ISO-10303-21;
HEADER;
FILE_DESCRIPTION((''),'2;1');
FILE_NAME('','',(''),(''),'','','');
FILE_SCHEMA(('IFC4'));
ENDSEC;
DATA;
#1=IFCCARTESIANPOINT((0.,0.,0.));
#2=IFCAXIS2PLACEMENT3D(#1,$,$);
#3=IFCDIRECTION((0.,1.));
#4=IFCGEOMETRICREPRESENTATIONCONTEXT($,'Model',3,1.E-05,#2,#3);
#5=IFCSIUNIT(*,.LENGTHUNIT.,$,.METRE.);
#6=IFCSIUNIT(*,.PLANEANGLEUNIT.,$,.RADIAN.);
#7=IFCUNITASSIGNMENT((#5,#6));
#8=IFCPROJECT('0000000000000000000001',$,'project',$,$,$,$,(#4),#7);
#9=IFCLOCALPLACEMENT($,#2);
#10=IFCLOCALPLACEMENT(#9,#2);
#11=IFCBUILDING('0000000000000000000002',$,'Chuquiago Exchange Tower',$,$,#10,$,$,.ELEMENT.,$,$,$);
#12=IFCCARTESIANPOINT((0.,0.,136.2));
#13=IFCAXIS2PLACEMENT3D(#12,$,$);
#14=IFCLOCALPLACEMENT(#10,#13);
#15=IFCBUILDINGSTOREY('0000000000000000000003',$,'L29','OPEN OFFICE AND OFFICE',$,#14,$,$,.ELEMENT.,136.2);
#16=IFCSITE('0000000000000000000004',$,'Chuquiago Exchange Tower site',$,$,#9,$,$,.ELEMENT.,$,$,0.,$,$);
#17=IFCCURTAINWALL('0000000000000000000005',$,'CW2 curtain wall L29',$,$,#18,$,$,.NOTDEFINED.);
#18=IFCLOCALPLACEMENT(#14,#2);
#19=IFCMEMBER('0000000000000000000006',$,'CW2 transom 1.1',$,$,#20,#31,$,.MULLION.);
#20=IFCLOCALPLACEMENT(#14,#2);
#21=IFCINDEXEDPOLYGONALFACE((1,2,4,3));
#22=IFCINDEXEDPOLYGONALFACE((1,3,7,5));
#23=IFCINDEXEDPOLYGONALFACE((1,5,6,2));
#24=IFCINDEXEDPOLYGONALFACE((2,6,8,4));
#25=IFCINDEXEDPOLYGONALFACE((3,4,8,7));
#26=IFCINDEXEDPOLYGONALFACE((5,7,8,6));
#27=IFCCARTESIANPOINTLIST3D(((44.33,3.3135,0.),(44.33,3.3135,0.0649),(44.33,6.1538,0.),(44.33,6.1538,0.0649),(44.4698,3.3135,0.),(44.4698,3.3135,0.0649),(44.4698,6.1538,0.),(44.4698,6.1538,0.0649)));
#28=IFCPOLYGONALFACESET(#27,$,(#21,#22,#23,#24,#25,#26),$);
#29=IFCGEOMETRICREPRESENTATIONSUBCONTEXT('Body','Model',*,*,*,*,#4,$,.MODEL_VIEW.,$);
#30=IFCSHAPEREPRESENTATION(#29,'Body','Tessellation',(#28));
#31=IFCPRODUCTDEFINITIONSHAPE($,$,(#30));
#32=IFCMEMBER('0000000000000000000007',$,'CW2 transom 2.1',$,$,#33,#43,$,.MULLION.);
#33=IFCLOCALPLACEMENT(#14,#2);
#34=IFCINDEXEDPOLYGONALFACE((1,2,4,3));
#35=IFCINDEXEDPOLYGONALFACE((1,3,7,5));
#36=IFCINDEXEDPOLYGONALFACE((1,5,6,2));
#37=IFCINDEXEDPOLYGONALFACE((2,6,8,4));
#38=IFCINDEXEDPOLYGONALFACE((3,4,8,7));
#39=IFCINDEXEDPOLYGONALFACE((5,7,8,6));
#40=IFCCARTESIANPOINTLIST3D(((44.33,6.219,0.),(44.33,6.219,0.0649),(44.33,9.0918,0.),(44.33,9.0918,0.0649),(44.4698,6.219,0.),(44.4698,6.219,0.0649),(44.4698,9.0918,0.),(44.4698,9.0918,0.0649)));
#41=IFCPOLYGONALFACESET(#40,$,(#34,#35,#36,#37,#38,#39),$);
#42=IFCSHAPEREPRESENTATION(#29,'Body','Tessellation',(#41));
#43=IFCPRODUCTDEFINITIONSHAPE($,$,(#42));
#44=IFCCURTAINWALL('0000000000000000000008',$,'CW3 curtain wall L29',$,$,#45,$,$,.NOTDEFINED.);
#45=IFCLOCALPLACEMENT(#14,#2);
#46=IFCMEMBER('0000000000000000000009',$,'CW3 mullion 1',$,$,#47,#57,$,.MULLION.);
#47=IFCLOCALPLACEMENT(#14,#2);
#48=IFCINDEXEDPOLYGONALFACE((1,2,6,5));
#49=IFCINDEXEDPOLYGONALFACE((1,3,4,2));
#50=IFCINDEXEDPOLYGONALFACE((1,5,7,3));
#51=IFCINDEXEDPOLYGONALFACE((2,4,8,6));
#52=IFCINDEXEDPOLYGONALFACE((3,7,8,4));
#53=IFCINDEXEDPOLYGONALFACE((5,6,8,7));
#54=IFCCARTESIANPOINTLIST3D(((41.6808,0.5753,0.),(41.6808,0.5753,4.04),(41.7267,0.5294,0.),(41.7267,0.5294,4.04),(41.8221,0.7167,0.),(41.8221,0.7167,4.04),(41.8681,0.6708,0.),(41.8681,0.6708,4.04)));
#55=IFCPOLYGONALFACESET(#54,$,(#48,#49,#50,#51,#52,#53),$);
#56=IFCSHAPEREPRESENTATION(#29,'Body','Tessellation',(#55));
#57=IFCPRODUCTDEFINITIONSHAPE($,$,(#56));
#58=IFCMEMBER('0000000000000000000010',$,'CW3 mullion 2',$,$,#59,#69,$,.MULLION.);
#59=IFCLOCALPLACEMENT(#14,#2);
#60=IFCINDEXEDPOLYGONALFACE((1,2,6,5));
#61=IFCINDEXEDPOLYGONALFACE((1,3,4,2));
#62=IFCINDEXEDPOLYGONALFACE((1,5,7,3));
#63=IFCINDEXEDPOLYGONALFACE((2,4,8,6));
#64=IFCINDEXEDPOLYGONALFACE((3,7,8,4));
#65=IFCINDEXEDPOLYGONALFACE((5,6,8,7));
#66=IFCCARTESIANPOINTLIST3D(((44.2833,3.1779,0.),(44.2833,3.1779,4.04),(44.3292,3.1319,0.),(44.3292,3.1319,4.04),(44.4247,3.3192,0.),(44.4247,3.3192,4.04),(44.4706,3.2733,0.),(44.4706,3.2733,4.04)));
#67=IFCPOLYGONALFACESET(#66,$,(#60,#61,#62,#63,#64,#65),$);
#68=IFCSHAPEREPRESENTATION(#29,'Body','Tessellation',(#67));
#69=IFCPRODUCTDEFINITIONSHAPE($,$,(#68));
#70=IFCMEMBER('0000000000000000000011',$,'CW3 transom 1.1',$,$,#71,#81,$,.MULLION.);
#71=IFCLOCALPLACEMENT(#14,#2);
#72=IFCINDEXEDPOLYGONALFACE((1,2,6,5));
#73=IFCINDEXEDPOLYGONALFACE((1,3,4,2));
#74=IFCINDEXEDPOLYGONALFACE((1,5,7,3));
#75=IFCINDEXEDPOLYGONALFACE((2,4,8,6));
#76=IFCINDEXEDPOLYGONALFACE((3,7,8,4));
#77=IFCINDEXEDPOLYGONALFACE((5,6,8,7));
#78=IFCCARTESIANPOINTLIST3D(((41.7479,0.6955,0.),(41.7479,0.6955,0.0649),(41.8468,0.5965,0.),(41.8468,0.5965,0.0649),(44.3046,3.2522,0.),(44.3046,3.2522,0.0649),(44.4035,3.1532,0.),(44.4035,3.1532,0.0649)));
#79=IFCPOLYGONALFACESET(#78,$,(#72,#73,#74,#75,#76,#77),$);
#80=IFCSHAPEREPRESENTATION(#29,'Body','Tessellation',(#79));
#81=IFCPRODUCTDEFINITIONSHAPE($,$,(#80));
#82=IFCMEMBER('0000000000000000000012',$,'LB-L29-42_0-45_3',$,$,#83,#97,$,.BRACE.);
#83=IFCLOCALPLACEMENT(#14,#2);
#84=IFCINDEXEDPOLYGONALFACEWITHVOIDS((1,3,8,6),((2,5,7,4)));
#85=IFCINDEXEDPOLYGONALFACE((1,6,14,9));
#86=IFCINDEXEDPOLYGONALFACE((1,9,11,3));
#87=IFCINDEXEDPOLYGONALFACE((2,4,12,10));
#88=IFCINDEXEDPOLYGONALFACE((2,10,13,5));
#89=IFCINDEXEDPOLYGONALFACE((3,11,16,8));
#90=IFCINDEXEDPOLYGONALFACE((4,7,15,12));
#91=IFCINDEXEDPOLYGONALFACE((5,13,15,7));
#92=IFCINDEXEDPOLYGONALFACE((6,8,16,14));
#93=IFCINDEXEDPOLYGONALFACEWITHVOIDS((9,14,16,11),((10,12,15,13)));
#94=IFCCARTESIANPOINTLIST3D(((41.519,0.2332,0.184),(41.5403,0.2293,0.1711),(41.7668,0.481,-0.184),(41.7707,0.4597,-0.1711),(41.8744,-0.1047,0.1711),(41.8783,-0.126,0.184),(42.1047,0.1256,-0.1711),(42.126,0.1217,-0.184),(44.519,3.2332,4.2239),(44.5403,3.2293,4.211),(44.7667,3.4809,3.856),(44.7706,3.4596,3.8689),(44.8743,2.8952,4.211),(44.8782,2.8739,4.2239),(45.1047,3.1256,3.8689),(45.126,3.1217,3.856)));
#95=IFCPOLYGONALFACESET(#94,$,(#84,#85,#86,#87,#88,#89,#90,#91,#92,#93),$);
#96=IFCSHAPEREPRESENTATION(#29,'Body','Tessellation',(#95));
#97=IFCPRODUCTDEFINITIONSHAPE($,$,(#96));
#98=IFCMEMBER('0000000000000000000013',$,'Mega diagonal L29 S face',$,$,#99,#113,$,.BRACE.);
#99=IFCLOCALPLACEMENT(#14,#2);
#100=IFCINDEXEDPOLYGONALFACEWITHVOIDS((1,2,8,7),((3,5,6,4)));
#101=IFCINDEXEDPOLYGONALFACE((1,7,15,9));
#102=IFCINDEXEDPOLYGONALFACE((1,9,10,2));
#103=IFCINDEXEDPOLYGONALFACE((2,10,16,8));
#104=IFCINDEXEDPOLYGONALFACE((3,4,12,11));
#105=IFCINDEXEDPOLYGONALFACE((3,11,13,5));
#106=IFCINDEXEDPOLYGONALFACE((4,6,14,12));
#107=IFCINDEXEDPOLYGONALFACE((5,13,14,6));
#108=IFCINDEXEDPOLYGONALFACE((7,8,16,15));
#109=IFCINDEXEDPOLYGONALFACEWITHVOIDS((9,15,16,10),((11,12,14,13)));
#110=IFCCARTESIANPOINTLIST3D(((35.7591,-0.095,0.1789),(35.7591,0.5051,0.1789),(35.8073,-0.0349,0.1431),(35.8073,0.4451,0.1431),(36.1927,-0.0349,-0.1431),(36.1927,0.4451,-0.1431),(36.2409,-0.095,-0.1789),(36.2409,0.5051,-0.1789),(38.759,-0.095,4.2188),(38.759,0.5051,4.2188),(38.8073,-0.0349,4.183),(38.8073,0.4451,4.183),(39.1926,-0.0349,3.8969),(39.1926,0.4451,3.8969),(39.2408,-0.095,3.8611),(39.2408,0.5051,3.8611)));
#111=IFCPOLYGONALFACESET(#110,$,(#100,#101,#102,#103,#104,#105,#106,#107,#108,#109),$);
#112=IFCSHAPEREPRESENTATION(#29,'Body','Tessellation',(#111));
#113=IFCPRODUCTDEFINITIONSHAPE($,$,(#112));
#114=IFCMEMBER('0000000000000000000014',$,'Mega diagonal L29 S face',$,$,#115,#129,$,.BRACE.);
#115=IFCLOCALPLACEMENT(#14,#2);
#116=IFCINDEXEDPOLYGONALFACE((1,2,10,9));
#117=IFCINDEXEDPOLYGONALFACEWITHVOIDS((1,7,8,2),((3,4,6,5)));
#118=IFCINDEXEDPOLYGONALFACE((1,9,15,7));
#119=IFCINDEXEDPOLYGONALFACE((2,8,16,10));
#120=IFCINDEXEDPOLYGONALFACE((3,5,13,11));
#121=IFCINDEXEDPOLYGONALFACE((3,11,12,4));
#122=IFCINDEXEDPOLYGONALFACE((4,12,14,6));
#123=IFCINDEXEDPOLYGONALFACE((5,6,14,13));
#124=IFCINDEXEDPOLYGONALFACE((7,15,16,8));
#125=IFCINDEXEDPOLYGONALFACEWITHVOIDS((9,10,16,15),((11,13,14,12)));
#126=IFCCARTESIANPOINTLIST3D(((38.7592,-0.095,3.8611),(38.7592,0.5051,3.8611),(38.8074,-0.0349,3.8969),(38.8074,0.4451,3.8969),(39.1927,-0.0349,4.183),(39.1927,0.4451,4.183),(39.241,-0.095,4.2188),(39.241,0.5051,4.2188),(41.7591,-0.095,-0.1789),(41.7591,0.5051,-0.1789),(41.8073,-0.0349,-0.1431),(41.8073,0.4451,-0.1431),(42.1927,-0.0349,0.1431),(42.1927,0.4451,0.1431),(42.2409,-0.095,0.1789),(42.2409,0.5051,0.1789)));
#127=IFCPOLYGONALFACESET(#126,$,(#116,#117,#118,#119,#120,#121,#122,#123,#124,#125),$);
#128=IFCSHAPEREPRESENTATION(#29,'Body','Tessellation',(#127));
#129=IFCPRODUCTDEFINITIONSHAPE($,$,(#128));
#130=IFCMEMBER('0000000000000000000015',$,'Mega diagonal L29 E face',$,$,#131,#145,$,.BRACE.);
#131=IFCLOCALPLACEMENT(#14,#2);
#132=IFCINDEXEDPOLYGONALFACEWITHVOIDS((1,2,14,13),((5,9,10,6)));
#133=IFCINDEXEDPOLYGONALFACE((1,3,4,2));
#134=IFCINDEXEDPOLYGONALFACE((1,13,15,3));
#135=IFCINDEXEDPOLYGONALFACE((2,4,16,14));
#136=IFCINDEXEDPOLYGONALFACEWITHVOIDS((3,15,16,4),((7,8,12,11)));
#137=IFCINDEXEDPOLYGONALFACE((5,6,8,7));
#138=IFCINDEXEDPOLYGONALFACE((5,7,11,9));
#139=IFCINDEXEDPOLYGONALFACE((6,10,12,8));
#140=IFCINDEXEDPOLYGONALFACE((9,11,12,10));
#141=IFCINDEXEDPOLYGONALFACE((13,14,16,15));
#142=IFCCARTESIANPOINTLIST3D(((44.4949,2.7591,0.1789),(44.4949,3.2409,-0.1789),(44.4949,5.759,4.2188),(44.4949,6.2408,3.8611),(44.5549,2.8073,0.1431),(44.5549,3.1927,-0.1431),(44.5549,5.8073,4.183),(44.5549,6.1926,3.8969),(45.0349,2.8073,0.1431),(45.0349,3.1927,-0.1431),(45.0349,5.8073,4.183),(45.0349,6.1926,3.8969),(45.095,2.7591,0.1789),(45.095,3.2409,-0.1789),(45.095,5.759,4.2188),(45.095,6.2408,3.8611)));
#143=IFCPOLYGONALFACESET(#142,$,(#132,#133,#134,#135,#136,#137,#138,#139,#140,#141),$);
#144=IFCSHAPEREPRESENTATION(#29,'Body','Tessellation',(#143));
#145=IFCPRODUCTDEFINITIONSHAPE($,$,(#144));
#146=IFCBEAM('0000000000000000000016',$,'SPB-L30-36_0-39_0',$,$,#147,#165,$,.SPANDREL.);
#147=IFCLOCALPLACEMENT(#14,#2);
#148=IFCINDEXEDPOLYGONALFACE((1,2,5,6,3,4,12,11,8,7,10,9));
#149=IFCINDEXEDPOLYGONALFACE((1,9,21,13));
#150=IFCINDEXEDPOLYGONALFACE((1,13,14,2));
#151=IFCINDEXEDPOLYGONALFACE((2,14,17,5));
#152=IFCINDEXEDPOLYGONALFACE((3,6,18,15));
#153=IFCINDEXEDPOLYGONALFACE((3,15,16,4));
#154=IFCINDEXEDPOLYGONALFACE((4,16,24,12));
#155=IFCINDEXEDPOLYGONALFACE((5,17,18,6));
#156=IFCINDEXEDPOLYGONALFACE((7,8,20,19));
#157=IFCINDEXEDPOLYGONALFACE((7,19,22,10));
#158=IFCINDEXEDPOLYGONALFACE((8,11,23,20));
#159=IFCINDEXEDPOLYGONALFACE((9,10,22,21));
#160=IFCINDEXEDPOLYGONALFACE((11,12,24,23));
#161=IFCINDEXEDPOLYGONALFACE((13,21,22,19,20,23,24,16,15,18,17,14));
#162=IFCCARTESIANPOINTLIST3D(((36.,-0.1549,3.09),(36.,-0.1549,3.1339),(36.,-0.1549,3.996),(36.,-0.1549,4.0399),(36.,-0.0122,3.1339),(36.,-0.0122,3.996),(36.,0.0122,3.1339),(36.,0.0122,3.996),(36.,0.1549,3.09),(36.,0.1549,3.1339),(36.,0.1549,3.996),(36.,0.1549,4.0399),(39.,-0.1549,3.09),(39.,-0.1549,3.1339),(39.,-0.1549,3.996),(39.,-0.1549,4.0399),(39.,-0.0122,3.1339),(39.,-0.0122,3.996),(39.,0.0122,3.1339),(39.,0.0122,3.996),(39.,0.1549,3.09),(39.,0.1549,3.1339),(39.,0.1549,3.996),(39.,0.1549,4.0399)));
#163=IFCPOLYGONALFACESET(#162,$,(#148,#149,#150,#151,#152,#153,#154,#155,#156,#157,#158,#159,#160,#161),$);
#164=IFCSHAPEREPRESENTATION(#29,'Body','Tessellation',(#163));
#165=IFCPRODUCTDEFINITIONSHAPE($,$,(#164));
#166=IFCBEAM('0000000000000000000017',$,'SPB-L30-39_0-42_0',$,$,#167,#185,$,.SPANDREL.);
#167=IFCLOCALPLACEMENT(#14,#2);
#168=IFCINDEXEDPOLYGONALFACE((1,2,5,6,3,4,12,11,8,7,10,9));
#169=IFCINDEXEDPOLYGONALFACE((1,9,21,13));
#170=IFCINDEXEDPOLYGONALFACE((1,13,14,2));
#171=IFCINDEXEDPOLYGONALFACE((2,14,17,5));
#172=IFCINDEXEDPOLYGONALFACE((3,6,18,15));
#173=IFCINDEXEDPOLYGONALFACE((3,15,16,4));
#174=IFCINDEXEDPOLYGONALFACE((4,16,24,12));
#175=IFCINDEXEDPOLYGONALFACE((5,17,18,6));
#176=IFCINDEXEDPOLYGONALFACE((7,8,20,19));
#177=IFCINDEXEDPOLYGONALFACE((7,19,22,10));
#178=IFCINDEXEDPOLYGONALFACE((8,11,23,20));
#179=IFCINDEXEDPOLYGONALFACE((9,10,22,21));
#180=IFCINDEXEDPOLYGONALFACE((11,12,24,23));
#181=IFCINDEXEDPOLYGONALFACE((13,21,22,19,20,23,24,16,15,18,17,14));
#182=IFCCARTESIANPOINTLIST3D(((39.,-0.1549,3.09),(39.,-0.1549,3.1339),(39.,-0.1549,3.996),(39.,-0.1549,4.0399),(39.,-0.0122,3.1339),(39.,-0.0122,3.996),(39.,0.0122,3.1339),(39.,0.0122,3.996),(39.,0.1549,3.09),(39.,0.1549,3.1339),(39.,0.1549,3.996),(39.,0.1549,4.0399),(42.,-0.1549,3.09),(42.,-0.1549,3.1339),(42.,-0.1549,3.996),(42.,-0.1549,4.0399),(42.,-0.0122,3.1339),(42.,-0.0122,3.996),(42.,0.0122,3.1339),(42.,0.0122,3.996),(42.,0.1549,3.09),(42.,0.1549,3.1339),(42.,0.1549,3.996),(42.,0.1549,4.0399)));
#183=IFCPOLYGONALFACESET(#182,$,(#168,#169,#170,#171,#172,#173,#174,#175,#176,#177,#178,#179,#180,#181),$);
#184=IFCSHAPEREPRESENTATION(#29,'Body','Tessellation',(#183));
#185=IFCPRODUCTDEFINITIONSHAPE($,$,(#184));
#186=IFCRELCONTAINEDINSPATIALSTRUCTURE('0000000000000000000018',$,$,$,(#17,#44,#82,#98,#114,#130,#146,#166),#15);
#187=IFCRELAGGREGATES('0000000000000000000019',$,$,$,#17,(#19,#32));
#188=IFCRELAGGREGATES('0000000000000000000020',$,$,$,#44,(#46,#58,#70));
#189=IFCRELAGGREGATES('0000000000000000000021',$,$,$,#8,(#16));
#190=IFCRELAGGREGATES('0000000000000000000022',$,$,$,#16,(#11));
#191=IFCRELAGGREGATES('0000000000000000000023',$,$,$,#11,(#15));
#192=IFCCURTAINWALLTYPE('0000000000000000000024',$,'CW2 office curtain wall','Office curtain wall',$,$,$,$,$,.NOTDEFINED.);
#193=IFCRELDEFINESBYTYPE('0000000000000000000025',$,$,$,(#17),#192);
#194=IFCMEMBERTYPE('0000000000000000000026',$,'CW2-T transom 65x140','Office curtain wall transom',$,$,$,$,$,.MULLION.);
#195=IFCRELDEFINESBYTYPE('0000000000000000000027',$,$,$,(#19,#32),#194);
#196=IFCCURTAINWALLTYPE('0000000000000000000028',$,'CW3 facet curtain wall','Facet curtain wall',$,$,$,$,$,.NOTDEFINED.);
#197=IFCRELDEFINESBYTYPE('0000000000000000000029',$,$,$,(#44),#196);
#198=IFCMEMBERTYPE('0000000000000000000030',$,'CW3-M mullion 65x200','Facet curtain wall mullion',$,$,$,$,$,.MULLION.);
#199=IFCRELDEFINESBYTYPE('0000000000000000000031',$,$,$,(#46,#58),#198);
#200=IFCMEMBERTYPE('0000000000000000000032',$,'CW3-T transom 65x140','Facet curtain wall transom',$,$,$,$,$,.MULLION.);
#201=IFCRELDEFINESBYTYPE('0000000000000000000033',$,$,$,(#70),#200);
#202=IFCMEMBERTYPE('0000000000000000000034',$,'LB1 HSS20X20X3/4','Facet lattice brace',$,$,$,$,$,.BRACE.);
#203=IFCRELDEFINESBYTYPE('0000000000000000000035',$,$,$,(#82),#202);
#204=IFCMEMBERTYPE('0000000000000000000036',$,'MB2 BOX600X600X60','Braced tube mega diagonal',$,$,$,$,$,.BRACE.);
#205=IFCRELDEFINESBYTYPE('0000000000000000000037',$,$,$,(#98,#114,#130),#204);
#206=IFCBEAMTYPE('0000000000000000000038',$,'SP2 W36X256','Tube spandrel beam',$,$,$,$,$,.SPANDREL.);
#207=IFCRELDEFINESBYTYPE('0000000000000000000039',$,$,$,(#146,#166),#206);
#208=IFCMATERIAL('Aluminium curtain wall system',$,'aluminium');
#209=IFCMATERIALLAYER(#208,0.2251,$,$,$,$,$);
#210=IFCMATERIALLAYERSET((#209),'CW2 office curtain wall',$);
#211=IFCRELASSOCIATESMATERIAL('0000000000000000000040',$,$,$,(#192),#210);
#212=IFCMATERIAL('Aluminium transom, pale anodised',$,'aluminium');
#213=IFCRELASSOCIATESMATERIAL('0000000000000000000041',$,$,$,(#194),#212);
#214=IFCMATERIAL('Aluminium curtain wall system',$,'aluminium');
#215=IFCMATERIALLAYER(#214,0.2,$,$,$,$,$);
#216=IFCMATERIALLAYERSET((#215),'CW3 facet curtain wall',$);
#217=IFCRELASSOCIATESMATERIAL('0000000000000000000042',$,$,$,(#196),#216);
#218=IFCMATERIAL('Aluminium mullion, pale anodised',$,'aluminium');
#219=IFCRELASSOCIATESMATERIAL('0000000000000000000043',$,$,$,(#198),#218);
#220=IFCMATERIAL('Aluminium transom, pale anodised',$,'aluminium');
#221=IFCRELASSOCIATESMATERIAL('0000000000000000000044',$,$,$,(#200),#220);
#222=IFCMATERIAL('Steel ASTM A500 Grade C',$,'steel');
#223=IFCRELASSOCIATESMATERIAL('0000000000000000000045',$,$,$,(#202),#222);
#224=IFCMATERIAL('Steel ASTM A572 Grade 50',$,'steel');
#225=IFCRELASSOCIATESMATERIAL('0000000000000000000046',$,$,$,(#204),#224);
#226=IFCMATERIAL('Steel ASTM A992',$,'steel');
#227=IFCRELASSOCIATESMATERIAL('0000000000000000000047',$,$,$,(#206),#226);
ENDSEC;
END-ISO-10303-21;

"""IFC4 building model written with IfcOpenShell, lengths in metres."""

from ifc_helpers import new_model, si_unit, direction, frame, origin, origin_2d, place, context, subcontext, project, spatial, rectangle, hollow_rectangle, i_section, extrude, material, layer, layer_set, material_profile, profile_set, type_object, element, aggregate, save


model = new_model("IFC4")

# Units and contexts
model_context = context("Model", 3, precision=1e-05, world=origin(), true_north=direction((0.0, 1.0)))
body_context = subcontext(model_context, "Body", "Model", "MODEL_VIEW")
ifc_project = project(units=[si_unit("LENGTHUNIT", "METRE"), si_unit("PLANEANGLEUNIT", "RADIAN")], contexts=[model_context])

# Site, building, storey
site_placement = place(None, origin())
site = spatial("IfcSite", under=ifc_project, at=site_placement, Name="Chuquiago Exchange Tower site", CompositionType="ELEMENT", RefElevation=0.0)
building_placement = place(site_placement, origin())
building = spatial("IfcBuilding", under=site, at=building_placement, Name="Chuquiago Exchange Tower", CompositionType="ELEMENT")
storey_placement = place(building_placement, frame((0.0, 0.0, 136.2)))
storey = spatial("IfcBuildingStorey", under=building, at=storey_placement, Name="L29", Description="OPEN OFFICE AND OFFICE", CompositionType="ELEMENT", Elevation=136.2)

# Curtain wall
ifc_material_1 = material(Name="Aluminium curtain wall system", Category="aluminium")
ifc_layer_1 = layer(ifc_material_1, 0.2251)
ifc_layer_set_1 = layer_set([ifc_layer_1], Name="CW2 office curtain wall")
curtain_wall_type_1 = type_object("IfcCurtainWallType", Name="CW2 office curtain wall", Description="Office curtain wall", PredefinedType="NOTDEFINED", material=ifc_layer_set_1)
curtain_wall_1_placement = place(storey_placement, origin())
curtain_wall_1 = element("IfcCurtainWall", 1, at=curtain_wall_1_placement, inside=storey, type_object=curtain_wall_type_1, Name="CW2 curtain wall L29", PredefinedType="NOTDEFINED")

# Members
ifc_material_2 = material(Name="Aluminium transom, pale anodised", Category="aluminium")
ifc_material_profile_1 = material_profile(ifc_material_2, rectangle(XDim=0.1399, YDim=0.0649, at=origin_2d()), Name="AL 140x65")
ifc_profile_set_1 = profile_set([ifc_material_profile_1], Name="Aluminium transom, pale anodised")
member_type_1 = type_object("IfcMemberType", Name="CW2-T transom 65x140", Description="Office curtain wall transom", PredefinedType="MULLION", material=ifc_profile_set_1)
member_1_placement = place(storey_placement, frame((44.3999, 3.3135, 0.0325), z_axis=(0.0, 1.0, 0.0), x_axis=(-1.0, 0.0, 0.0)))
member_1 = element("IfcMember", 2, at=member_1_placement, type_object=member_type_1, Name="CW2 transom 1.1", PredefinedType="MULLION", context=body_context, shape_type="SweptSolid", body=[
    extrude(rectangle(XDim=0.1399, YDim=0.0649, at=origin_2d()), origin(), (0.0, 0.0, 1.0), 2.8403),
])
member_2_placement = place(storey_placement, frame((44.3999, 6.219, 0.0325), z_axis=(0.0, 1.0, 0.0), x_axis=(-1.0, 0.0, 0.0)))
member_2 = element("IfcMember", 3, at=member_2_placement, type_object=member_type_1, Name="CW2 transom 2.1", PredefinedType="MULLION", context=body_context, shape_type="SweptSolid", body=[
    extrude(rectangle(XDim=0.1399, YDim=0.0649, at=origin_2d()), origin(), (0.0, 0.0, 1.0), 2.8728),
])

# Curtain wall, members
ifc_material_3 = material(Name="Aluminium curtain wall system", Category="aluminium")
ifc_layer_2 = layer(ifc_material_3, 0.2)
ifc_layer_set_2 = layer_set([ifc_layer_2], Name="CW3 facet curtain wall")
curtain_wall_type_2 = type_object("IfcCurtainWallType", Name="CW3 facet curtain wall", Description="Facet curtain wall", PredefinedType="NOTDEFINED", material=ifc_layer_set_2)
curtain_wall_2_placement = place(storey_placement, origin())
curtain_wall_2 = element("IfcCurtainWall", 4, at=curtain_wall_2_placement, inside=storey, type_object=curtain_wall_type_2, Name="CW3 curtain wall L29", PredefinedType="NOTDEFINED")
ifc_material_4 = material(Name="Aluminium mullion, pale anodised", Category="aluminium")
ifc_material_profile_2 = material_profile(ifc_material_4, rectangle(XDim=0.0649, YDim=0.2, at=origin_2d()), Name="AL 65x200")
ifc_profile_set_2 = profile_set([ifc_material_profile_2], Name="Aluminium mullion, pale anodised")
member_type_2 = type_object("IfcMemberType", Name="CW3-M mullion 65x200", Description="Facet curtain wall mullion", PredefinedType="MULLION", material=ifc_profile_set_2)
member_3_placement = place(storey_placement, frame((41.7744, 0.623, 0.0), z_axis=(0.0, 0.0, 1.0), x_axis=(-0.707107, 0.707107, 0.0)))
member_3 = element("IfcMember", 5, at=member_3_placement, type_object=member_type_2, Name="CW3 mullion 1", PredefinedType="MULLION", context=body_context, shape_type="SweptSolid", body=[
    extrude(rectangle(XDim=0.0649, YDim=0.2, at=origin_2d()), origin(), (0.0, 0.0, 1.0), 4.04),
])
member_4_placement = place(storey_placement, frame((44.377, 3.2256, 0.0), z_axis=(0.0, 0.0, 1.0), x_axis=(-0.707107, 0.707107, 0.0)))
member_4 = element("IfcMember", 6, at=member_4_placement, type_object=member_type_2, Name="CW3 mullion 2", PredefinedType="MULLION", context=body_context, shape_type="SweptSolid", body=[
    extrude(rectangle(XDim=0.0649, YDim=0.2, at=origin_2d()), origin(), (0.0, 0.0, 1.0), 4.04),
])
ifc_material_5 = material(Name="Aluminium transom, pale anodised", Category="aluminium")
ifc_material_profile_3 = material_profile(ifc_material_5, rectangle(XDim=0.1399, YDim=0.0649, at=origin_2d()), Name="AL 140x65")
ifc_profile_set_3 = profile_set([ifc_material_profile_3], Name="Aluminium transom, pale anodised")
member_type_3 = type_object("IfcMemberType", Name="CW3-T transom 65x140", Description="Facet curtain wall transom", PredefinedType="MULLION", material=ifc_profile_set_3)
member_5_placement = place(storey_placement, frame((41.7974, 0.646, 0.0325), z_axis=(0.707107, 0.707107, 0.0), x_axis=(-0.707107, 0.707107, 0.0)))
member_5 = element("IfcMember", 7, at=member_5_placement, type_object=member_type_3, Name="CW3 transom 1.1", PredefinedType="MULLION", context=body_context, shape_type="SweptSolid", body=[
    extrude(rectangle(XDim=0.1399, YDim=0.0649, at=origin_2d()), origin(), (0.0, 0.0, 1.0), 3.6157),
])

# Members
ifc_material_6 = material(Name="Steel ASTM A500 Grade C", Category="steel")
ifc_material_profile_4 = material_profile(ifc_material_6, hollow_rectangle(XDim=0.5081, YDim=0.5081, WallThickness=0.0178, at=origin_2d()), Name="HSS20X20X3/4")
ifc_profile_set_4 = profile_set([ifc_material_profile_4], Name="Steel ASTM A500 Grade C")
member_type_4 = type_object("IfcMemberType", Name="LB1 HSS20X20X3/4", Description="Facet lattice brace", PredefinedType="BRACE", material=ifc_profile_set_4)
member_6_placement = place(storey_placement, frame((41.8225, 0.1775, 0.0), z_axis=(0.512077, 0.512077, 0.689604), x_axis=(-0.707107, 0.707107, 0.0)))
element("IfcMember", 8, at=member_6_placement, inside=storey, type_object=member_type_4, Name="LB-L29-42_0-45_3", PredefinedType="BRACE", context=body_context, shape_type="SweptSolid", body=[
    extrude(hollow_rectangle(XDim=0.5081, YDim=0.5081, WallThickness=0.0178, at=origin_2d()), origin(), (0.0, 0.0, 1.0), 5.8584),
])
ifc_material_7 = material(Name="Steel ASTM A572 Grade 50", Category="steel")
ifc_material_profile_5 = material_profile(ifc_material_7, hollow_rectangle(XDim=0.6001, YDim=0.6001, WallThickness=0.0601, at=origin_2d()), Name="BOX600X600X60")
ifc_profile_set_5 = profile_set([ifc_material_profile_5], Name="Steel ASTM A572 Grade 50")
member_type_5 = type_object("IfcMemberType", Name="MB2 BOX600X600X60", Description="Braced tube mega diagonal", PredefinedType="BRACE", material=ifc_profile_set_5)
for number, where, z_axis, x_axis, name in (
    (9, (36.0, 0.2051, 0.0), (0.596174, 0.0, 0.802855), (0.0, 1.0, 0.0), "Mega diagonal L29 S face"),
    (10, (42.0, 0.2051, 0.0), (-0.596174, 0.0, 0.802855), (0.0, -1.0, 0.0), "Mega diagonal L29 S face"),
    (11, (44.7949, 3.0, 0.0), (0.0, 0.596174, 0.802855), (-1.0, 0.0, 0.0), "Mega diagonal L29 E face"),
):
    element("IfcMember", number, at=place(storey_placement, frame(where, z_axis=z_axis, x_axis=x_axis)), inside=storey, type_object=member_type_5, Name=name, PredefinedType="BRACE", context=body_context, shape_type="SweptSolid", body=[
        extrude(hollow_rectangle(XDim=0.6001, YDim=0.6001, WallThickness=0.0601, at=origin_2d()), origin(), (0.0, 0.0, 1.0), 5.032),
    ])

# Beams
ifc_material_8 = material(Name="Steel ASTM A992", Category="steel")
ifc_material_profile_6 = material_profile(ifc_material_8, i_section(OverallWidth=0.3098, OverallDepth=0.95, WebThickness=0.0244, FlangeThickness=0.0439, at=origin_2d()), Name="W36X256")
ifc_profile_set_6 = profile_set([ifc_material_profile_6], Name="Steel ASTM A992")
beam_type = type_object("IfcBeamType", Name="SP2 W36X256", Description="Tube spandrel beam", PredefinedType="SPANDREL", material=ifc_profile_set_6)
for number, where, z_axis, x_axis, name in (
    (12, (36.0, 0.0, 3.5649), (1.0, 0.0, 0.0), (0.0, 1.0, 0.0), "SPB-L30-36_0-39_0"),
    (13, (39.0, 0.0, 3.5649), (1.0, 0.0, 0.0), (0.0, 1.0, 0.0), "SPB-L30-39_0-42_0"),
):
    element("IfcBeam", number, at=place(storey_placement, frame(where, z_axis=z_axis, x_axis=x_axis)), inside=storey, type_object=beam_type, Name=name, PredefinedType="SPANDREL", context=body_context, shape_type="SweptSolid", body=[
        extrude(i_section(OverallWidth=0.3098, OverallDepth=0.95, WebThickness=0.0244, FlangeThickness=0.0439, at=origin_2d()), origin(), (0.0, 0.0, 1.0), 3.0),
    ])

aggregate(curtain_wall_1, [member_1, member_2])
aggregate(curtain_wall_2, [member_3, member_4, member_5])

save(model, "model.ifc")
